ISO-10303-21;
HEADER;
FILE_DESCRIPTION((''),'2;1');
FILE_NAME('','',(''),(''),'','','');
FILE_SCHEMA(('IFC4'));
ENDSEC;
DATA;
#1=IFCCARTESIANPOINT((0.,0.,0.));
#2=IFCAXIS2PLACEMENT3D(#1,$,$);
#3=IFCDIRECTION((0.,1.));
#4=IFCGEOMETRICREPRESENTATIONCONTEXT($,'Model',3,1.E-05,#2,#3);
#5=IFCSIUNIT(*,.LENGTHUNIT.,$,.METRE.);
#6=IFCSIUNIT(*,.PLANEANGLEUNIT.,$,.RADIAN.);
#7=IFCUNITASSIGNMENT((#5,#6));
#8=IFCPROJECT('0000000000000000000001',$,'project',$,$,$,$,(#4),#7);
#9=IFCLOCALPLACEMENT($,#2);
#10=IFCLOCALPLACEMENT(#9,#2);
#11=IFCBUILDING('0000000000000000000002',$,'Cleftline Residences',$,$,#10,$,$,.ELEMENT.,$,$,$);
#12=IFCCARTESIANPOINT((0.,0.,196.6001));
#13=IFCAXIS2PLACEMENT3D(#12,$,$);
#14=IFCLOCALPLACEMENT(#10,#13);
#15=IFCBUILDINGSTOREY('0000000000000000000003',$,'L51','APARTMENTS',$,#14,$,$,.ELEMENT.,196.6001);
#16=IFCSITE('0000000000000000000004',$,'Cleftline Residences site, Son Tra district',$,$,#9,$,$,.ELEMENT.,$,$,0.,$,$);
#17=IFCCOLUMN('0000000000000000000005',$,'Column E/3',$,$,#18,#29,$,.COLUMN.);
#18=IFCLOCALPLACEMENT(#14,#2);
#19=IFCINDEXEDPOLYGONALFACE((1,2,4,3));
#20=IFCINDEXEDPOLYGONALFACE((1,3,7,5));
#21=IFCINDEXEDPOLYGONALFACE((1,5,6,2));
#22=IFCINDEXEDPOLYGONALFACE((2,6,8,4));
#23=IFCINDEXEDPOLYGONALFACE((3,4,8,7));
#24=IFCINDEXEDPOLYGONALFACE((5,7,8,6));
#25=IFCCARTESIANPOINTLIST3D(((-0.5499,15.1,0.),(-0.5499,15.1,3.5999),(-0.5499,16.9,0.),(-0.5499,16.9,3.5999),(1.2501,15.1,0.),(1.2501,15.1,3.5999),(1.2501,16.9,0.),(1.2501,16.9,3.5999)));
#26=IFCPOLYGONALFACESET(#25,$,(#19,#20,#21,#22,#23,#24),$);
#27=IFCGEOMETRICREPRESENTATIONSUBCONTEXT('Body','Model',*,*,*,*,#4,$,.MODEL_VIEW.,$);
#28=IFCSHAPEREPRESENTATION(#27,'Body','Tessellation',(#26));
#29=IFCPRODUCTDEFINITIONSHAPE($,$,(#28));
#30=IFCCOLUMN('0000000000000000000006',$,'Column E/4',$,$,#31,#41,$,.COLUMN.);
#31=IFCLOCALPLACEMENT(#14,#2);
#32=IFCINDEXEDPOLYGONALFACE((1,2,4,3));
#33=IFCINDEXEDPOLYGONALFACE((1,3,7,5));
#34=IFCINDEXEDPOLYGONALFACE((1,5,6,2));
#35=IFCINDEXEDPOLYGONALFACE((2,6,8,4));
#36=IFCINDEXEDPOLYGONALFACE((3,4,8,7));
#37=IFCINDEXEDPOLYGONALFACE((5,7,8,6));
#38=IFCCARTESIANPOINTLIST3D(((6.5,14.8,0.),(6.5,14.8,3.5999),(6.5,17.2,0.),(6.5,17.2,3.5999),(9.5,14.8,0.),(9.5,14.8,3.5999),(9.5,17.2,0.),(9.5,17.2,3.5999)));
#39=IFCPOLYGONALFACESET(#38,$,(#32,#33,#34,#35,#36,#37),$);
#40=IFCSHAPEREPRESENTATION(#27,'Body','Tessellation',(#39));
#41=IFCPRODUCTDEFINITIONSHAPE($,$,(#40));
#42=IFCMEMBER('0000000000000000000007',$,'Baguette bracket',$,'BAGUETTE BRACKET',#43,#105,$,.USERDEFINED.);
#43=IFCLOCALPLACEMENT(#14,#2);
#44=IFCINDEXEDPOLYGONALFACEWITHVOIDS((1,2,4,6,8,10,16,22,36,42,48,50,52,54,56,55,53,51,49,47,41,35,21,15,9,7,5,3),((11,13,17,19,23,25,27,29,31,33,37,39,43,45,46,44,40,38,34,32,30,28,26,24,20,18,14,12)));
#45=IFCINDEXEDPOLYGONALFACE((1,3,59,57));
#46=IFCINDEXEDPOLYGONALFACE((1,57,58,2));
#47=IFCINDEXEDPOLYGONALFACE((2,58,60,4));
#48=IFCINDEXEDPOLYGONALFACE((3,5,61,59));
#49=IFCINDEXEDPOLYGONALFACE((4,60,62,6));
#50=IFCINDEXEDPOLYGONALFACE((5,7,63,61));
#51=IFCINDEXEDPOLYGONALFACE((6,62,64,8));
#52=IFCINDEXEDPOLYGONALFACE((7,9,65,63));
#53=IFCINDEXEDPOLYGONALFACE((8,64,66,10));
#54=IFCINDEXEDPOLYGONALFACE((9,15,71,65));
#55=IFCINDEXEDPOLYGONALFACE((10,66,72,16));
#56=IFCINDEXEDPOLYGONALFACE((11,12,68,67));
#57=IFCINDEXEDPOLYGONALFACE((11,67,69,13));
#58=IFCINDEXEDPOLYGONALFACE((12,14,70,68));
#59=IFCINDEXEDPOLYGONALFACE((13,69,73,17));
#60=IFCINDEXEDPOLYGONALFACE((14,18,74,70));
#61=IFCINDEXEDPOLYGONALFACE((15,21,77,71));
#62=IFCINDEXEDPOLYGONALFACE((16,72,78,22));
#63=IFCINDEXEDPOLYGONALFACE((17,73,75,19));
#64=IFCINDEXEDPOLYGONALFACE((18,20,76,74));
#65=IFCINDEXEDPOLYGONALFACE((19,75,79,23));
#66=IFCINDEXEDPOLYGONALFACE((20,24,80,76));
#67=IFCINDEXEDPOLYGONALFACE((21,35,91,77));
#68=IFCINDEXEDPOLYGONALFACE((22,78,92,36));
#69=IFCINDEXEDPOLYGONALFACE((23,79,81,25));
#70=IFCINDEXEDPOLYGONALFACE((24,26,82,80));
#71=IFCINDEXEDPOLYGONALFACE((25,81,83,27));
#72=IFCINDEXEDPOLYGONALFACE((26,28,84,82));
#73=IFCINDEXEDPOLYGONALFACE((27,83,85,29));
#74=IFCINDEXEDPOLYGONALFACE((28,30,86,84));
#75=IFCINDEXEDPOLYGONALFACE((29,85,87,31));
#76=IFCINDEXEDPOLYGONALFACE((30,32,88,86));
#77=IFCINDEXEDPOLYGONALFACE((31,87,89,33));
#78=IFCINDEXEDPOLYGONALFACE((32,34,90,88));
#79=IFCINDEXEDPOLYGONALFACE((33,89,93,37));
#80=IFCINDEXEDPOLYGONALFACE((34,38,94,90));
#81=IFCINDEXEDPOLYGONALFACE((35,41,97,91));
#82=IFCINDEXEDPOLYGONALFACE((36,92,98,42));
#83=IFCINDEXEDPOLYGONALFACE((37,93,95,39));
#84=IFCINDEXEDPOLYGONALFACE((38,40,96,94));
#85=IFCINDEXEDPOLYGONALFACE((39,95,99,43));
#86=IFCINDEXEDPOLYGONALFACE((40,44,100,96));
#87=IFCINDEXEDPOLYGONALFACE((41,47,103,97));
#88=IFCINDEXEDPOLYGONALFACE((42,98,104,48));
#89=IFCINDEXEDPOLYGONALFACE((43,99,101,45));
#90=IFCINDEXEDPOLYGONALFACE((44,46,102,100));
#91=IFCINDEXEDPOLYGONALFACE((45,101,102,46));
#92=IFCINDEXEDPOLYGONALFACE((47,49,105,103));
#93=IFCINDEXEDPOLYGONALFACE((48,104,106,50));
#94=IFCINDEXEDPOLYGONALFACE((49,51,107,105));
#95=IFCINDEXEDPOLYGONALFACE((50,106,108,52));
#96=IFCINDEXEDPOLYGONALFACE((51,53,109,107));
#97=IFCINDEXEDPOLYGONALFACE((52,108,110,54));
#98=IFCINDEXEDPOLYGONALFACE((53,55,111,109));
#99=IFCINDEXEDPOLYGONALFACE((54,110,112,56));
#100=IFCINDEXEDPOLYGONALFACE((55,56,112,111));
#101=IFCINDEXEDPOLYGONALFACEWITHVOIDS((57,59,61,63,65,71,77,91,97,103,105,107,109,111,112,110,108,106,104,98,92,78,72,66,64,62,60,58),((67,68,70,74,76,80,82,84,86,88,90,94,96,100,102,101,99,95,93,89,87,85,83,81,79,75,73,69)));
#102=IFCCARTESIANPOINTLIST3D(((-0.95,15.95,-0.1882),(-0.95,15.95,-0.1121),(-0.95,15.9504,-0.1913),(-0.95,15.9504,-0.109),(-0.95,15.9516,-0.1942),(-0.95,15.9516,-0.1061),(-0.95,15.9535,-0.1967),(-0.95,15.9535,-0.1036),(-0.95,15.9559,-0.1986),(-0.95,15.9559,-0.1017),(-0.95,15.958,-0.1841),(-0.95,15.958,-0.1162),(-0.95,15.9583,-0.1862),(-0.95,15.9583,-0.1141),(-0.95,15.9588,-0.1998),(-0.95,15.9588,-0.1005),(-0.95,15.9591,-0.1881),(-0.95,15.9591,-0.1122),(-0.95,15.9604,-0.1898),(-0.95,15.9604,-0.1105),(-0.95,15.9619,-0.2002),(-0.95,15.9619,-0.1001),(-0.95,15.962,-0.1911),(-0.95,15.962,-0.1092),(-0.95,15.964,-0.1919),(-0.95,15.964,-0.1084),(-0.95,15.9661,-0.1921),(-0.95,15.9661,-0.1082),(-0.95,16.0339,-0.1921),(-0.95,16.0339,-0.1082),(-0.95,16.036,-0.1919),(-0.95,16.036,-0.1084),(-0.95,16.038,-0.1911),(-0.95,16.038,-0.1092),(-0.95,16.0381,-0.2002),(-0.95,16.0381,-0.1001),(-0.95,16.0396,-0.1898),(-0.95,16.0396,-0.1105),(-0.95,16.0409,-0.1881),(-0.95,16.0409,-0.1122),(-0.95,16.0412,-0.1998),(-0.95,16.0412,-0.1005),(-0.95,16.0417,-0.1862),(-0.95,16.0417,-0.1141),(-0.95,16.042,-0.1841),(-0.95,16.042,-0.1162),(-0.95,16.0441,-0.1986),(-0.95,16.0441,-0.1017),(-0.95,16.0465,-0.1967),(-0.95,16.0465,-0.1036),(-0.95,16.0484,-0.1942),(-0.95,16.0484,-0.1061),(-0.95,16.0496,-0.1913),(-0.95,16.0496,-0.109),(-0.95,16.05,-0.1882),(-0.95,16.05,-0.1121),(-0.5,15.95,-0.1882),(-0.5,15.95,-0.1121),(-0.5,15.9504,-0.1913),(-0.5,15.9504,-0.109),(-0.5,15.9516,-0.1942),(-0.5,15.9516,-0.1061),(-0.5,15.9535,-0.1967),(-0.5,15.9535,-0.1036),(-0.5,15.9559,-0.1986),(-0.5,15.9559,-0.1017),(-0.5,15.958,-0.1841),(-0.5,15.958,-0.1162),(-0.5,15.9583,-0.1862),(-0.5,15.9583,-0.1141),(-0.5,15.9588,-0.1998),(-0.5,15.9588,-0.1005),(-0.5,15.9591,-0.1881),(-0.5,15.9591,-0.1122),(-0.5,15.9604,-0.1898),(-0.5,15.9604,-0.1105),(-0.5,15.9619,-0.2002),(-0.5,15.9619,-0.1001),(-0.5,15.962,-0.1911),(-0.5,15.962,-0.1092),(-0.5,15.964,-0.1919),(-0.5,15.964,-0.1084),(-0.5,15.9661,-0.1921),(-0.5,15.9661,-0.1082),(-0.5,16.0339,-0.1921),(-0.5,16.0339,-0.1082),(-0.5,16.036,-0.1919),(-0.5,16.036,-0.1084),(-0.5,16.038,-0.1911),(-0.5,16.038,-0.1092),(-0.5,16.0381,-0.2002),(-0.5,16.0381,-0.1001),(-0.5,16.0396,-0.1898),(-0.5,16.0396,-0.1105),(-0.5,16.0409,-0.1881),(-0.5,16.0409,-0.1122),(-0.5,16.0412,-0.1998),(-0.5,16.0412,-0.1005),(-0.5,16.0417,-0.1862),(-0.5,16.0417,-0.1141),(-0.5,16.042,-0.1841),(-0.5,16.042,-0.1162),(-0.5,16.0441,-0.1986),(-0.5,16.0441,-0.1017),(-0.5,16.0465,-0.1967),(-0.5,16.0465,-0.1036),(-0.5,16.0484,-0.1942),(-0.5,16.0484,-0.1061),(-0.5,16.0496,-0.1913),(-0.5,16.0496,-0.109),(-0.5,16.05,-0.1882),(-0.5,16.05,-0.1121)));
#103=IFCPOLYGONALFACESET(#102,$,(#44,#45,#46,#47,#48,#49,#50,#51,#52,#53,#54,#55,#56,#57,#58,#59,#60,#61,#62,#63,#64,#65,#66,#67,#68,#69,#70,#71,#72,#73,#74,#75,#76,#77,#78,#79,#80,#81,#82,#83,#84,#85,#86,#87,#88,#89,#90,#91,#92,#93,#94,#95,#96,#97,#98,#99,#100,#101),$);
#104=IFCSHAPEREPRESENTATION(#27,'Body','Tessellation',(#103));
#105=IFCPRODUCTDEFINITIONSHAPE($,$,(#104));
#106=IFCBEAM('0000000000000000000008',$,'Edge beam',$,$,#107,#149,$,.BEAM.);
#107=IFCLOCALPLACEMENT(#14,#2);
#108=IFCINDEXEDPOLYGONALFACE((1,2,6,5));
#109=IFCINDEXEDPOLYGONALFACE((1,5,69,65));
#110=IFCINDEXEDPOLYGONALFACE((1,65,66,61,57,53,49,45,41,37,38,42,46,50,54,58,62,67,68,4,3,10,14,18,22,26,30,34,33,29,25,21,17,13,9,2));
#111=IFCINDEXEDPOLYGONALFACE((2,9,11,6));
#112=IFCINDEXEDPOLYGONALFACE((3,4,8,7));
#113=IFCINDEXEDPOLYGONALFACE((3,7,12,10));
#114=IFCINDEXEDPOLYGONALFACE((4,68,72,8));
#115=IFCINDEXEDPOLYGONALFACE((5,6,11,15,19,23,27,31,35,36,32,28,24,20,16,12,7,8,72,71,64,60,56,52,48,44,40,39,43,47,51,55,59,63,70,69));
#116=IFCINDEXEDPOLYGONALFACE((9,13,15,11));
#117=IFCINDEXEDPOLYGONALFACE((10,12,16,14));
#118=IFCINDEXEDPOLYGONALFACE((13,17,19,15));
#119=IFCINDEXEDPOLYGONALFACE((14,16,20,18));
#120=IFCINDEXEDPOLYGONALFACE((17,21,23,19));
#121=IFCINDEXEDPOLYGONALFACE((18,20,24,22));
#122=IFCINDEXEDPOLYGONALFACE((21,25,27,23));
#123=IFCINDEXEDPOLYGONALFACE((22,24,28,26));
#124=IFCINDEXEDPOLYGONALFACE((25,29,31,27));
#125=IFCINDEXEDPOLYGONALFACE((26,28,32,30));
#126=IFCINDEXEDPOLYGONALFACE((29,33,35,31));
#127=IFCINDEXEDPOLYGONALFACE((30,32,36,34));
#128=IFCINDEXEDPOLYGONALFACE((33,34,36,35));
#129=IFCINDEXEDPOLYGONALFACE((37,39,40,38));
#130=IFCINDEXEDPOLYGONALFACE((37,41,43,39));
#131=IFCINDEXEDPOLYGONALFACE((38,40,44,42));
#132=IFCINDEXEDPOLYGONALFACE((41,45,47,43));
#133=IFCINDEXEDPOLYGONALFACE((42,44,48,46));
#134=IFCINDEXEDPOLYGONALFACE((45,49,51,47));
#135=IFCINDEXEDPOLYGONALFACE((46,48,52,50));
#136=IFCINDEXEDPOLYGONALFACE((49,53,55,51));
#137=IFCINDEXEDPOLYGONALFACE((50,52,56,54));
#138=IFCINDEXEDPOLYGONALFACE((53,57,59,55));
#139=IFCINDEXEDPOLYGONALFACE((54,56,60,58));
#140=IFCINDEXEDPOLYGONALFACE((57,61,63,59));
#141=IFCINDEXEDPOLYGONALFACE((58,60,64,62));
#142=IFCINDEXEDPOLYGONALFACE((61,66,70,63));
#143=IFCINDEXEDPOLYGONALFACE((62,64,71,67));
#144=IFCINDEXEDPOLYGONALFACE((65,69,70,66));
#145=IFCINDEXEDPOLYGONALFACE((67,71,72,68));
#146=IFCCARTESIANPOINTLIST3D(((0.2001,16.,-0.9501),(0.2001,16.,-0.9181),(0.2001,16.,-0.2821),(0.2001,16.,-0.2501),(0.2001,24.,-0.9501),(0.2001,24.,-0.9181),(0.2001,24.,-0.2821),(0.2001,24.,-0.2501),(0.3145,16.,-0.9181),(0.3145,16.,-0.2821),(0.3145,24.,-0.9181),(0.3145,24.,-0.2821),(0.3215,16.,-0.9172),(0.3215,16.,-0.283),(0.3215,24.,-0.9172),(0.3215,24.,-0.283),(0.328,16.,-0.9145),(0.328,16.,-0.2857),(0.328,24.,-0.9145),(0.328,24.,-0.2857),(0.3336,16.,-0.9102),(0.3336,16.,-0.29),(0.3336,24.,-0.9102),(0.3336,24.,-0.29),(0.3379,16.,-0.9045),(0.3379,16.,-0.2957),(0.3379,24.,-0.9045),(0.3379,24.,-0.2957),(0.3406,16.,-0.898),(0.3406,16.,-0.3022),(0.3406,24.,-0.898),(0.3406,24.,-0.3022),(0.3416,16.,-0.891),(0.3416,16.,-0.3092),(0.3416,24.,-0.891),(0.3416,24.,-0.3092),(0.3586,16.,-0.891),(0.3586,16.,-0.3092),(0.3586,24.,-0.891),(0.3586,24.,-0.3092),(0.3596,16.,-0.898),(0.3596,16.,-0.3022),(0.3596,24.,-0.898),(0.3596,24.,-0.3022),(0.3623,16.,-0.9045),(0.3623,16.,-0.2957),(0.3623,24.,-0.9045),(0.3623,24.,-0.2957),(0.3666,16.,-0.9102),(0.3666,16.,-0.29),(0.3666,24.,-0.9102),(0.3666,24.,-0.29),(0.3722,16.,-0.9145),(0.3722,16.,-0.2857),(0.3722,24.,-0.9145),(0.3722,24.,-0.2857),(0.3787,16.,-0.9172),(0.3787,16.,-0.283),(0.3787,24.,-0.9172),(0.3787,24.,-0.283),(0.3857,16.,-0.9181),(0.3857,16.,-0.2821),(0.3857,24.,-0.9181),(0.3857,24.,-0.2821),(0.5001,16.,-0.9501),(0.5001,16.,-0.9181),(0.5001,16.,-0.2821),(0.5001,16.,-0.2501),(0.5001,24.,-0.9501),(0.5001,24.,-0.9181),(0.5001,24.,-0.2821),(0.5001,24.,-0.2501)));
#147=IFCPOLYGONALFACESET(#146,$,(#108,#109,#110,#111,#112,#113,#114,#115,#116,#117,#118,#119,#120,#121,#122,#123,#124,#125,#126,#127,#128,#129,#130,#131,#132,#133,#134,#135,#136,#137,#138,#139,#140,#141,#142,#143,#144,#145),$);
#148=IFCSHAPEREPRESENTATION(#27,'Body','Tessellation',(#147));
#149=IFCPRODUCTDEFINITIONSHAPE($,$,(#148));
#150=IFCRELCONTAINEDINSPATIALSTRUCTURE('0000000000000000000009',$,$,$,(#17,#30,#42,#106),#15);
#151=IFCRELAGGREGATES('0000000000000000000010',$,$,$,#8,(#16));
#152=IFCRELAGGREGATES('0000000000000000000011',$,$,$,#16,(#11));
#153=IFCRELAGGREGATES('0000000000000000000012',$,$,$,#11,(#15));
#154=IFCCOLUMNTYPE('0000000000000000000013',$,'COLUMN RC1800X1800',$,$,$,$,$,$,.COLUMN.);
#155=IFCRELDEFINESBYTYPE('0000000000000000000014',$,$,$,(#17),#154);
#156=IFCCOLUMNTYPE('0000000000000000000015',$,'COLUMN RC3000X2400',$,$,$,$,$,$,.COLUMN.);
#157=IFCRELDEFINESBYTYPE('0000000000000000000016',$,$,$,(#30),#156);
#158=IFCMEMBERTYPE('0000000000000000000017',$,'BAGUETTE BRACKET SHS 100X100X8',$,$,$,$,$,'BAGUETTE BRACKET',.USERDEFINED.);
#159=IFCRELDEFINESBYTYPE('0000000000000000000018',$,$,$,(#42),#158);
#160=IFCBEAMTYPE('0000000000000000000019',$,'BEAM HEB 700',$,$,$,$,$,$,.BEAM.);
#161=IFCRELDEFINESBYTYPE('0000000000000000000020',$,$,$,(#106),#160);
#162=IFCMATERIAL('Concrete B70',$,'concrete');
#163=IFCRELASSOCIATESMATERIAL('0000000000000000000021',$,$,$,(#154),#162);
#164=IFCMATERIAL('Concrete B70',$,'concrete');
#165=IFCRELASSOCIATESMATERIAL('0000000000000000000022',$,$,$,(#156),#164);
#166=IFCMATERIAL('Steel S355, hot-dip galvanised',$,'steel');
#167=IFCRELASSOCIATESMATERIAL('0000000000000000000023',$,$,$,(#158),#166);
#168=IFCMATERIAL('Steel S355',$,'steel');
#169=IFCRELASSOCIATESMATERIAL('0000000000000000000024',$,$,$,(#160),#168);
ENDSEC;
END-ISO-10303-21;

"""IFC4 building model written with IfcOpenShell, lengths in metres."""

from ifc_helpers import new_model, si_unit, direction, frame, origin, origin_2d, place, context, subcontext, project, spatial, rectangle, hollow_rectangle, i_section, extrude, material, material_profile, profile_set, type_object, element, save


model = new_model("IFC4")

# Units and contexts
model_context = context("Model", 3, precision=1e-05, world=origin(), true_north=direction((0.0, 1.0)))
body_context = subcontext(model_context, "Body", "Model", "MODEL_VIEW")
ifc_project = project(units=[si_unit("LENGTHUNIT", "METRE"), si_unit("PLANEANGLEUNIT", "RADIAN")], contexts=[model_context])

# Site, building, storey
site_placement = place(None, origin())
site = spatial("IfcSite", under=ifc_project, at=site_placement, Name="Cleftline Residences site, Son Tra district", CompositionType="ELEMENT", RefElevation=0.0)
building_placement = place(site_placement, origin())
building = spatial("IfcBuilding", under=site, at=building_placement, Name="Cleftline Residences", CompositionType="ELEMENT")
storey_placement = place(building_placement, frame((0.0, 0.0, 196.6001)))
storey = spatial("IfcBuildingStorey", under=building, at=storey_placement, Name="L51", Description="APARTMENTS", CompositionType="ELEMENT", Elevation=196.6001)

# Columns
ifc_material_1 = material(Name="Concrete B70", Category="concrete")
ifc_material_profile_1 = material_profile(ifc_material_1, rectangle(XDim=1.8, YDim=1.8, at=origin_2d()))
ifc_profile_set_1 = profile_set([ifc_material_profile_1], Name="Concrete B70")
column_type_1 = type_object("IfcColumnType", Name="COLUMN RC1800X1800", PredefinedType="COLUMN", material=ifc_profile_set_1)
column_1_placement = place(storey_placement, frame((0.3501, 16.0, 0.0), z_axis=(0.0, 0.0, 1.0), x_axis=(1.0, 0.0, 0.0)))
element("IfcColumn", 1, at=column_1_placement, inside=storey, type_object=column_type_1, Name="Column E/3", PredefinedType="COLUMN", context=body_context, shape_type="SweptSolid", body=[
    extrude(rectangle(XDim=1.8, YDim=1.8, at=origin_2d()), origin(), (0.0, 0.0, 1.0), 3.5999),
])
ifc_material_2 = material(Name="Concrete B70", Category="concrete")
ifc_material_profile_2 = material_profile(ifc_material_2, rectangle(XDim=3.0, YDim=2.3999, at=origin_2d()))
ifc_profile_set_2 = profile_set([ifc_material_profile_2], Name="Concrete B70")
column_type_2 = type_object("IfcColumnType", Name="COLUMN RC3000X2400", PredefinedType="COLUMN", material=ifc_profile_set_2)
column_2_placement = place(storey_placement, frame((8.0, 16.0, 0.0), z_axis=(0.0, 0.0, 1.0), x_axis=(1.0, 0.0, 0.0)))
element("IfcColumn", 2, at=column_2_placement, inside=storey, type_object=column_type_2, Name="Column E/4", PredefinedType="COLUMN", context=body_context, shape_type="SweptSolid", body=[
    extrude(rectangle(XDim=3.0, YDim=2.3999, at=origin_2d()), origin(), (0.0, 0.0, 1.0), 3.5999),
])

# Member
ifc_material_3 = material(Name="Steel S355, hot-dip galvanised", Category="steel")
ifc_material_profile_3 = material_profile(ifc_material_3, hollow_rectangle(XDim=0.1001, YDim=0.1001, WallThickness=0.0081, InnerFilletRadius=0.0081, OuterFilletRadius=0.012, at=origin_2d()))
ifc_profile_set_3 = profile_set([ifc_material_profile_3], Name="Steel S355, hot-dip galvanised")
member_type_1 = type_object("IfcMemberType", Name="BAGUETTE BRACKET SHS 100X100X8", ElementType="BAGUETTE BRACKET", PredefinedType="USERDEFINED", material=ifc_profile_set_3)
member_placement = place(storey_placement, frame((-0.5, 16.0, -0.1501), z_axis=(-1.0, 0.0, 0.0), x_axis=(0.0, -1.0, 0.0)))
element("IfcMember", 3, at=member_placement, inside=storey, type_object=member_type_1, Name="Baguette bracket", ObjectType="BAGUETTE BRACKET", PredefinedType="USERDEFINED", context=body_context, shape_type="SweptSolid", body=[
    extrude(hollow_rectangle(XDim=0.1001, YDim=0.1001, WallThickness=0.0081, InnerFilletRadius=0.0081, OuterFilletRadius=0.012, at=origin_2d()), origin(), (0.0, 0.0, 1.0), 0.45),
])

# Beam
ifc_material_4 = material(Name="Steel S355", Category="steel")
ifc_material_profile_4 = material_profile(ifc_material_4, i_section(OverallWidth=0.3, OverallDepth=0.7, WebThickness=0.0171, FlangeThickness=0.032, FilletRadius=0.0271, at=origin_2d()))
ifc_profile_set_4 = profile_set([ifc_material_profile_4], Name="Steel S355")
beam_type_1 = type_object("IfcBeamType", Name="BEAM HEB 700", PredefinedType="BEAM", material=ifc_profile_set_4)
beam_1_placement = place(storey_placement, frame((0.3501, 16.0, -0.6001), z_axis=(0.0, 1.0, 0.0), x_axis=(-1.0, 0.0, 0.0)))
element("IfcBeam", 4, at=beam_1_placement, inside=storey, type_object=beam_type_1, Name="Edge beam", PredefinedType="BEAM", context=body_context, shape_type="SweptSolid", body=[
    extrude(i_section(OverallWidth=0.3, OverallDepth=0.7, WebThickness=0.0171, FlangeThickness=0.032, FilletRadius=0.0271, at=origin_2d()), origin(), (0.0, 0.0, 1.0), 8.0),
])

save(model, "model.ifc")
